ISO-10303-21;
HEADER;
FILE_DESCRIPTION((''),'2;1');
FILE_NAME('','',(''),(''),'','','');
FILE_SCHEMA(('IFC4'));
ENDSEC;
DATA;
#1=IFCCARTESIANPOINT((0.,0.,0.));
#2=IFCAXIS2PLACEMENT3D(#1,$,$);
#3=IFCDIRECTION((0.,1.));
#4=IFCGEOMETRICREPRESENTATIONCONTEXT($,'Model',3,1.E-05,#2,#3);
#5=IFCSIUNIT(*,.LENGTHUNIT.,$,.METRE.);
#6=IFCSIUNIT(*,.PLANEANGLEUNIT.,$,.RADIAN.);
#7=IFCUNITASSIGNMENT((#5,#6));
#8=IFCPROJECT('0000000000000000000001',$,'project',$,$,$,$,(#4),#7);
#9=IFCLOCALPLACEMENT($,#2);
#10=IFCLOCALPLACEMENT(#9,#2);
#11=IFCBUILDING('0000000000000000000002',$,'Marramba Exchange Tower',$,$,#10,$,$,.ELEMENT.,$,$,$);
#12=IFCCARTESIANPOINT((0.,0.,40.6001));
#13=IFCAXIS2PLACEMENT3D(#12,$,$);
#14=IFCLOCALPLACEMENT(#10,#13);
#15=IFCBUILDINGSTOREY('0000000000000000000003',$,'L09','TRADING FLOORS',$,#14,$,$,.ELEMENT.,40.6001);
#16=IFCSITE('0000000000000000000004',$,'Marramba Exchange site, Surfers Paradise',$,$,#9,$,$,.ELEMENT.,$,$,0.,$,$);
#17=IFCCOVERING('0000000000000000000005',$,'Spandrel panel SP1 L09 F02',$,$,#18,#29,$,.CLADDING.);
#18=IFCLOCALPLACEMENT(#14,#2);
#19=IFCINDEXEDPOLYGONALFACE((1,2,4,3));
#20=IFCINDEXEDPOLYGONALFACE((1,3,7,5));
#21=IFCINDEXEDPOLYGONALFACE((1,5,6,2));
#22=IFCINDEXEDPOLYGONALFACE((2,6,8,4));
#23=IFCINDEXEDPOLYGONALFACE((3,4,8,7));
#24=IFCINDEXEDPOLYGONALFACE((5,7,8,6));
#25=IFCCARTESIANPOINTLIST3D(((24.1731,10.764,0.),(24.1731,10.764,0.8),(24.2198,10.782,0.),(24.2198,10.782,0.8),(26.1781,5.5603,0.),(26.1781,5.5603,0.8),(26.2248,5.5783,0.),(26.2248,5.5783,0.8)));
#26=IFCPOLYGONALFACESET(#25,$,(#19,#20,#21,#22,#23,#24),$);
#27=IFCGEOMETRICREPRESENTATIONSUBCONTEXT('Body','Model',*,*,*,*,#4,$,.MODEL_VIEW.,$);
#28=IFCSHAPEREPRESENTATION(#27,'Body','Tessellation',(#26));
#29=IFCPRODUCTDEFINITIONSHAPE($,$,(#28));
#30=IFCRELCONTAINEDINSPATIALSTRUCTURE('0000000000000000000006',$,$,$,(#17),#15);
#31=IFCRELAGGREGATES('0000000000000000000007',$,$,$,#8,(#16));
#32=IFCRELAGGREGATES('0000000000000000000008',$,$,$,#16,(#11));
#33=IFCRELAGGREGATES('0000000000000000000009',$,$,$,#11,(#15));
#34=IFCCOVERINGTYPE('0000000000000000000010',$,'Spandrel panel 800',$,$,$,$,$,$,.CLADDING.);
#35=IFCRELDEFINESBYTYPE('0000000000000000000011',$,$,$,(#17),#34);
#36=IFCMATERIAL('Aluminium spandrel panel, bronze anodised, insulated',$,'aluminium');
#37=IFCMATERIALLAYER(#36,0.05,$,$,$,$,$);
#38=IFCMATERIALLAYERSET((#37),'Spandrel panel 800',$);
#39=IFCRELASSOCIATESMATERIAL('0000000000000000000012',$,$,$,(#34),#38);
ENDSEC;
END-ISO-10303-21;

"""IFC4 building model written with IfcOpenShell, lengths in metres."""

from ifc_helpers import new_model, si_unit, direction, frame, origin, origin_2d, place, context, subcontext, project, spatial, rectangle, extrude, material, layer, layer_set, type_object, element, save


model = new_model("IFC4")

# Units and contexts
model_context = context("Model", 3, precision=1e-05, world=origin(), true_north=direction((0.0, 1.0)))
body_context = subcontext(model_context, "Body", "Model", "MODEL_VIEW")
ifc_project = project(units=[si_unit("LENGTHUNIT", "METRE"), si_unit("PLANEANGLEUNIT", "RADIAN")], contexts=[model_context])

# Site, building, storey
site_placement = place(None, origin())
site = spatial("IfcSite", under=ifc_project, at=site_placement, Name="Marramba Exchange site, Surfers Paradise", CompositionType="ELEMENT", RefElevation=0.0)
building_placement = place(site_placement, origin())
building = spatial("IfcBuilding", under=site, at=building_placement, Name="Marramba Exchange Tower", CompositionType="ELEMENT")
storey_placement = place(building_placement, frame((0.0, 0.0, 40.6001)))
storey = spatial("IfcBuildingStorey", under=building, at=storey_placement, Name="L09", Description="TRADING FLOORS", CompositionType="ELEMENT", Elevation=40.6001)

# Covering
ifc_material_1 = material(Name="Aluminium spandrel panel, bronze anodised, insulated", Category="aluminium")
ifc_layer_1 = layer(ifc_material_1, 0.05)
ifc_layer_set_1 = layer_set([ifc_layer_1], Name="Spandrel panel 800")
covering_type = type_object("IfcCoveringType", Name="Spandrel panel 800", PredefinedType="CLADDING", material=ifc_layer_set_1)
covering_1_placement = place(storey_placement, frame((25.199, 8.1711, 0.0), z_axis=(0.0, 0.0, 1.0), x_axis=(-0.359526, 0.933135, 0.0)))
element("IfcCovering", 1, at=covering_1_placement, inside=storey, type_object=covering_type, Name="Spandrel panel SP1 L09 F02", PredefinedType="CLADDING", context=body_context, shape_type="SweptSolid", body=[
    extrude(rectangle(XDim=5.5767, YDim=0.05, at=origin_2d()), origin(), (0.0, 0.0, 1.0), 0.8),
])

save(model, "model.ifc")
